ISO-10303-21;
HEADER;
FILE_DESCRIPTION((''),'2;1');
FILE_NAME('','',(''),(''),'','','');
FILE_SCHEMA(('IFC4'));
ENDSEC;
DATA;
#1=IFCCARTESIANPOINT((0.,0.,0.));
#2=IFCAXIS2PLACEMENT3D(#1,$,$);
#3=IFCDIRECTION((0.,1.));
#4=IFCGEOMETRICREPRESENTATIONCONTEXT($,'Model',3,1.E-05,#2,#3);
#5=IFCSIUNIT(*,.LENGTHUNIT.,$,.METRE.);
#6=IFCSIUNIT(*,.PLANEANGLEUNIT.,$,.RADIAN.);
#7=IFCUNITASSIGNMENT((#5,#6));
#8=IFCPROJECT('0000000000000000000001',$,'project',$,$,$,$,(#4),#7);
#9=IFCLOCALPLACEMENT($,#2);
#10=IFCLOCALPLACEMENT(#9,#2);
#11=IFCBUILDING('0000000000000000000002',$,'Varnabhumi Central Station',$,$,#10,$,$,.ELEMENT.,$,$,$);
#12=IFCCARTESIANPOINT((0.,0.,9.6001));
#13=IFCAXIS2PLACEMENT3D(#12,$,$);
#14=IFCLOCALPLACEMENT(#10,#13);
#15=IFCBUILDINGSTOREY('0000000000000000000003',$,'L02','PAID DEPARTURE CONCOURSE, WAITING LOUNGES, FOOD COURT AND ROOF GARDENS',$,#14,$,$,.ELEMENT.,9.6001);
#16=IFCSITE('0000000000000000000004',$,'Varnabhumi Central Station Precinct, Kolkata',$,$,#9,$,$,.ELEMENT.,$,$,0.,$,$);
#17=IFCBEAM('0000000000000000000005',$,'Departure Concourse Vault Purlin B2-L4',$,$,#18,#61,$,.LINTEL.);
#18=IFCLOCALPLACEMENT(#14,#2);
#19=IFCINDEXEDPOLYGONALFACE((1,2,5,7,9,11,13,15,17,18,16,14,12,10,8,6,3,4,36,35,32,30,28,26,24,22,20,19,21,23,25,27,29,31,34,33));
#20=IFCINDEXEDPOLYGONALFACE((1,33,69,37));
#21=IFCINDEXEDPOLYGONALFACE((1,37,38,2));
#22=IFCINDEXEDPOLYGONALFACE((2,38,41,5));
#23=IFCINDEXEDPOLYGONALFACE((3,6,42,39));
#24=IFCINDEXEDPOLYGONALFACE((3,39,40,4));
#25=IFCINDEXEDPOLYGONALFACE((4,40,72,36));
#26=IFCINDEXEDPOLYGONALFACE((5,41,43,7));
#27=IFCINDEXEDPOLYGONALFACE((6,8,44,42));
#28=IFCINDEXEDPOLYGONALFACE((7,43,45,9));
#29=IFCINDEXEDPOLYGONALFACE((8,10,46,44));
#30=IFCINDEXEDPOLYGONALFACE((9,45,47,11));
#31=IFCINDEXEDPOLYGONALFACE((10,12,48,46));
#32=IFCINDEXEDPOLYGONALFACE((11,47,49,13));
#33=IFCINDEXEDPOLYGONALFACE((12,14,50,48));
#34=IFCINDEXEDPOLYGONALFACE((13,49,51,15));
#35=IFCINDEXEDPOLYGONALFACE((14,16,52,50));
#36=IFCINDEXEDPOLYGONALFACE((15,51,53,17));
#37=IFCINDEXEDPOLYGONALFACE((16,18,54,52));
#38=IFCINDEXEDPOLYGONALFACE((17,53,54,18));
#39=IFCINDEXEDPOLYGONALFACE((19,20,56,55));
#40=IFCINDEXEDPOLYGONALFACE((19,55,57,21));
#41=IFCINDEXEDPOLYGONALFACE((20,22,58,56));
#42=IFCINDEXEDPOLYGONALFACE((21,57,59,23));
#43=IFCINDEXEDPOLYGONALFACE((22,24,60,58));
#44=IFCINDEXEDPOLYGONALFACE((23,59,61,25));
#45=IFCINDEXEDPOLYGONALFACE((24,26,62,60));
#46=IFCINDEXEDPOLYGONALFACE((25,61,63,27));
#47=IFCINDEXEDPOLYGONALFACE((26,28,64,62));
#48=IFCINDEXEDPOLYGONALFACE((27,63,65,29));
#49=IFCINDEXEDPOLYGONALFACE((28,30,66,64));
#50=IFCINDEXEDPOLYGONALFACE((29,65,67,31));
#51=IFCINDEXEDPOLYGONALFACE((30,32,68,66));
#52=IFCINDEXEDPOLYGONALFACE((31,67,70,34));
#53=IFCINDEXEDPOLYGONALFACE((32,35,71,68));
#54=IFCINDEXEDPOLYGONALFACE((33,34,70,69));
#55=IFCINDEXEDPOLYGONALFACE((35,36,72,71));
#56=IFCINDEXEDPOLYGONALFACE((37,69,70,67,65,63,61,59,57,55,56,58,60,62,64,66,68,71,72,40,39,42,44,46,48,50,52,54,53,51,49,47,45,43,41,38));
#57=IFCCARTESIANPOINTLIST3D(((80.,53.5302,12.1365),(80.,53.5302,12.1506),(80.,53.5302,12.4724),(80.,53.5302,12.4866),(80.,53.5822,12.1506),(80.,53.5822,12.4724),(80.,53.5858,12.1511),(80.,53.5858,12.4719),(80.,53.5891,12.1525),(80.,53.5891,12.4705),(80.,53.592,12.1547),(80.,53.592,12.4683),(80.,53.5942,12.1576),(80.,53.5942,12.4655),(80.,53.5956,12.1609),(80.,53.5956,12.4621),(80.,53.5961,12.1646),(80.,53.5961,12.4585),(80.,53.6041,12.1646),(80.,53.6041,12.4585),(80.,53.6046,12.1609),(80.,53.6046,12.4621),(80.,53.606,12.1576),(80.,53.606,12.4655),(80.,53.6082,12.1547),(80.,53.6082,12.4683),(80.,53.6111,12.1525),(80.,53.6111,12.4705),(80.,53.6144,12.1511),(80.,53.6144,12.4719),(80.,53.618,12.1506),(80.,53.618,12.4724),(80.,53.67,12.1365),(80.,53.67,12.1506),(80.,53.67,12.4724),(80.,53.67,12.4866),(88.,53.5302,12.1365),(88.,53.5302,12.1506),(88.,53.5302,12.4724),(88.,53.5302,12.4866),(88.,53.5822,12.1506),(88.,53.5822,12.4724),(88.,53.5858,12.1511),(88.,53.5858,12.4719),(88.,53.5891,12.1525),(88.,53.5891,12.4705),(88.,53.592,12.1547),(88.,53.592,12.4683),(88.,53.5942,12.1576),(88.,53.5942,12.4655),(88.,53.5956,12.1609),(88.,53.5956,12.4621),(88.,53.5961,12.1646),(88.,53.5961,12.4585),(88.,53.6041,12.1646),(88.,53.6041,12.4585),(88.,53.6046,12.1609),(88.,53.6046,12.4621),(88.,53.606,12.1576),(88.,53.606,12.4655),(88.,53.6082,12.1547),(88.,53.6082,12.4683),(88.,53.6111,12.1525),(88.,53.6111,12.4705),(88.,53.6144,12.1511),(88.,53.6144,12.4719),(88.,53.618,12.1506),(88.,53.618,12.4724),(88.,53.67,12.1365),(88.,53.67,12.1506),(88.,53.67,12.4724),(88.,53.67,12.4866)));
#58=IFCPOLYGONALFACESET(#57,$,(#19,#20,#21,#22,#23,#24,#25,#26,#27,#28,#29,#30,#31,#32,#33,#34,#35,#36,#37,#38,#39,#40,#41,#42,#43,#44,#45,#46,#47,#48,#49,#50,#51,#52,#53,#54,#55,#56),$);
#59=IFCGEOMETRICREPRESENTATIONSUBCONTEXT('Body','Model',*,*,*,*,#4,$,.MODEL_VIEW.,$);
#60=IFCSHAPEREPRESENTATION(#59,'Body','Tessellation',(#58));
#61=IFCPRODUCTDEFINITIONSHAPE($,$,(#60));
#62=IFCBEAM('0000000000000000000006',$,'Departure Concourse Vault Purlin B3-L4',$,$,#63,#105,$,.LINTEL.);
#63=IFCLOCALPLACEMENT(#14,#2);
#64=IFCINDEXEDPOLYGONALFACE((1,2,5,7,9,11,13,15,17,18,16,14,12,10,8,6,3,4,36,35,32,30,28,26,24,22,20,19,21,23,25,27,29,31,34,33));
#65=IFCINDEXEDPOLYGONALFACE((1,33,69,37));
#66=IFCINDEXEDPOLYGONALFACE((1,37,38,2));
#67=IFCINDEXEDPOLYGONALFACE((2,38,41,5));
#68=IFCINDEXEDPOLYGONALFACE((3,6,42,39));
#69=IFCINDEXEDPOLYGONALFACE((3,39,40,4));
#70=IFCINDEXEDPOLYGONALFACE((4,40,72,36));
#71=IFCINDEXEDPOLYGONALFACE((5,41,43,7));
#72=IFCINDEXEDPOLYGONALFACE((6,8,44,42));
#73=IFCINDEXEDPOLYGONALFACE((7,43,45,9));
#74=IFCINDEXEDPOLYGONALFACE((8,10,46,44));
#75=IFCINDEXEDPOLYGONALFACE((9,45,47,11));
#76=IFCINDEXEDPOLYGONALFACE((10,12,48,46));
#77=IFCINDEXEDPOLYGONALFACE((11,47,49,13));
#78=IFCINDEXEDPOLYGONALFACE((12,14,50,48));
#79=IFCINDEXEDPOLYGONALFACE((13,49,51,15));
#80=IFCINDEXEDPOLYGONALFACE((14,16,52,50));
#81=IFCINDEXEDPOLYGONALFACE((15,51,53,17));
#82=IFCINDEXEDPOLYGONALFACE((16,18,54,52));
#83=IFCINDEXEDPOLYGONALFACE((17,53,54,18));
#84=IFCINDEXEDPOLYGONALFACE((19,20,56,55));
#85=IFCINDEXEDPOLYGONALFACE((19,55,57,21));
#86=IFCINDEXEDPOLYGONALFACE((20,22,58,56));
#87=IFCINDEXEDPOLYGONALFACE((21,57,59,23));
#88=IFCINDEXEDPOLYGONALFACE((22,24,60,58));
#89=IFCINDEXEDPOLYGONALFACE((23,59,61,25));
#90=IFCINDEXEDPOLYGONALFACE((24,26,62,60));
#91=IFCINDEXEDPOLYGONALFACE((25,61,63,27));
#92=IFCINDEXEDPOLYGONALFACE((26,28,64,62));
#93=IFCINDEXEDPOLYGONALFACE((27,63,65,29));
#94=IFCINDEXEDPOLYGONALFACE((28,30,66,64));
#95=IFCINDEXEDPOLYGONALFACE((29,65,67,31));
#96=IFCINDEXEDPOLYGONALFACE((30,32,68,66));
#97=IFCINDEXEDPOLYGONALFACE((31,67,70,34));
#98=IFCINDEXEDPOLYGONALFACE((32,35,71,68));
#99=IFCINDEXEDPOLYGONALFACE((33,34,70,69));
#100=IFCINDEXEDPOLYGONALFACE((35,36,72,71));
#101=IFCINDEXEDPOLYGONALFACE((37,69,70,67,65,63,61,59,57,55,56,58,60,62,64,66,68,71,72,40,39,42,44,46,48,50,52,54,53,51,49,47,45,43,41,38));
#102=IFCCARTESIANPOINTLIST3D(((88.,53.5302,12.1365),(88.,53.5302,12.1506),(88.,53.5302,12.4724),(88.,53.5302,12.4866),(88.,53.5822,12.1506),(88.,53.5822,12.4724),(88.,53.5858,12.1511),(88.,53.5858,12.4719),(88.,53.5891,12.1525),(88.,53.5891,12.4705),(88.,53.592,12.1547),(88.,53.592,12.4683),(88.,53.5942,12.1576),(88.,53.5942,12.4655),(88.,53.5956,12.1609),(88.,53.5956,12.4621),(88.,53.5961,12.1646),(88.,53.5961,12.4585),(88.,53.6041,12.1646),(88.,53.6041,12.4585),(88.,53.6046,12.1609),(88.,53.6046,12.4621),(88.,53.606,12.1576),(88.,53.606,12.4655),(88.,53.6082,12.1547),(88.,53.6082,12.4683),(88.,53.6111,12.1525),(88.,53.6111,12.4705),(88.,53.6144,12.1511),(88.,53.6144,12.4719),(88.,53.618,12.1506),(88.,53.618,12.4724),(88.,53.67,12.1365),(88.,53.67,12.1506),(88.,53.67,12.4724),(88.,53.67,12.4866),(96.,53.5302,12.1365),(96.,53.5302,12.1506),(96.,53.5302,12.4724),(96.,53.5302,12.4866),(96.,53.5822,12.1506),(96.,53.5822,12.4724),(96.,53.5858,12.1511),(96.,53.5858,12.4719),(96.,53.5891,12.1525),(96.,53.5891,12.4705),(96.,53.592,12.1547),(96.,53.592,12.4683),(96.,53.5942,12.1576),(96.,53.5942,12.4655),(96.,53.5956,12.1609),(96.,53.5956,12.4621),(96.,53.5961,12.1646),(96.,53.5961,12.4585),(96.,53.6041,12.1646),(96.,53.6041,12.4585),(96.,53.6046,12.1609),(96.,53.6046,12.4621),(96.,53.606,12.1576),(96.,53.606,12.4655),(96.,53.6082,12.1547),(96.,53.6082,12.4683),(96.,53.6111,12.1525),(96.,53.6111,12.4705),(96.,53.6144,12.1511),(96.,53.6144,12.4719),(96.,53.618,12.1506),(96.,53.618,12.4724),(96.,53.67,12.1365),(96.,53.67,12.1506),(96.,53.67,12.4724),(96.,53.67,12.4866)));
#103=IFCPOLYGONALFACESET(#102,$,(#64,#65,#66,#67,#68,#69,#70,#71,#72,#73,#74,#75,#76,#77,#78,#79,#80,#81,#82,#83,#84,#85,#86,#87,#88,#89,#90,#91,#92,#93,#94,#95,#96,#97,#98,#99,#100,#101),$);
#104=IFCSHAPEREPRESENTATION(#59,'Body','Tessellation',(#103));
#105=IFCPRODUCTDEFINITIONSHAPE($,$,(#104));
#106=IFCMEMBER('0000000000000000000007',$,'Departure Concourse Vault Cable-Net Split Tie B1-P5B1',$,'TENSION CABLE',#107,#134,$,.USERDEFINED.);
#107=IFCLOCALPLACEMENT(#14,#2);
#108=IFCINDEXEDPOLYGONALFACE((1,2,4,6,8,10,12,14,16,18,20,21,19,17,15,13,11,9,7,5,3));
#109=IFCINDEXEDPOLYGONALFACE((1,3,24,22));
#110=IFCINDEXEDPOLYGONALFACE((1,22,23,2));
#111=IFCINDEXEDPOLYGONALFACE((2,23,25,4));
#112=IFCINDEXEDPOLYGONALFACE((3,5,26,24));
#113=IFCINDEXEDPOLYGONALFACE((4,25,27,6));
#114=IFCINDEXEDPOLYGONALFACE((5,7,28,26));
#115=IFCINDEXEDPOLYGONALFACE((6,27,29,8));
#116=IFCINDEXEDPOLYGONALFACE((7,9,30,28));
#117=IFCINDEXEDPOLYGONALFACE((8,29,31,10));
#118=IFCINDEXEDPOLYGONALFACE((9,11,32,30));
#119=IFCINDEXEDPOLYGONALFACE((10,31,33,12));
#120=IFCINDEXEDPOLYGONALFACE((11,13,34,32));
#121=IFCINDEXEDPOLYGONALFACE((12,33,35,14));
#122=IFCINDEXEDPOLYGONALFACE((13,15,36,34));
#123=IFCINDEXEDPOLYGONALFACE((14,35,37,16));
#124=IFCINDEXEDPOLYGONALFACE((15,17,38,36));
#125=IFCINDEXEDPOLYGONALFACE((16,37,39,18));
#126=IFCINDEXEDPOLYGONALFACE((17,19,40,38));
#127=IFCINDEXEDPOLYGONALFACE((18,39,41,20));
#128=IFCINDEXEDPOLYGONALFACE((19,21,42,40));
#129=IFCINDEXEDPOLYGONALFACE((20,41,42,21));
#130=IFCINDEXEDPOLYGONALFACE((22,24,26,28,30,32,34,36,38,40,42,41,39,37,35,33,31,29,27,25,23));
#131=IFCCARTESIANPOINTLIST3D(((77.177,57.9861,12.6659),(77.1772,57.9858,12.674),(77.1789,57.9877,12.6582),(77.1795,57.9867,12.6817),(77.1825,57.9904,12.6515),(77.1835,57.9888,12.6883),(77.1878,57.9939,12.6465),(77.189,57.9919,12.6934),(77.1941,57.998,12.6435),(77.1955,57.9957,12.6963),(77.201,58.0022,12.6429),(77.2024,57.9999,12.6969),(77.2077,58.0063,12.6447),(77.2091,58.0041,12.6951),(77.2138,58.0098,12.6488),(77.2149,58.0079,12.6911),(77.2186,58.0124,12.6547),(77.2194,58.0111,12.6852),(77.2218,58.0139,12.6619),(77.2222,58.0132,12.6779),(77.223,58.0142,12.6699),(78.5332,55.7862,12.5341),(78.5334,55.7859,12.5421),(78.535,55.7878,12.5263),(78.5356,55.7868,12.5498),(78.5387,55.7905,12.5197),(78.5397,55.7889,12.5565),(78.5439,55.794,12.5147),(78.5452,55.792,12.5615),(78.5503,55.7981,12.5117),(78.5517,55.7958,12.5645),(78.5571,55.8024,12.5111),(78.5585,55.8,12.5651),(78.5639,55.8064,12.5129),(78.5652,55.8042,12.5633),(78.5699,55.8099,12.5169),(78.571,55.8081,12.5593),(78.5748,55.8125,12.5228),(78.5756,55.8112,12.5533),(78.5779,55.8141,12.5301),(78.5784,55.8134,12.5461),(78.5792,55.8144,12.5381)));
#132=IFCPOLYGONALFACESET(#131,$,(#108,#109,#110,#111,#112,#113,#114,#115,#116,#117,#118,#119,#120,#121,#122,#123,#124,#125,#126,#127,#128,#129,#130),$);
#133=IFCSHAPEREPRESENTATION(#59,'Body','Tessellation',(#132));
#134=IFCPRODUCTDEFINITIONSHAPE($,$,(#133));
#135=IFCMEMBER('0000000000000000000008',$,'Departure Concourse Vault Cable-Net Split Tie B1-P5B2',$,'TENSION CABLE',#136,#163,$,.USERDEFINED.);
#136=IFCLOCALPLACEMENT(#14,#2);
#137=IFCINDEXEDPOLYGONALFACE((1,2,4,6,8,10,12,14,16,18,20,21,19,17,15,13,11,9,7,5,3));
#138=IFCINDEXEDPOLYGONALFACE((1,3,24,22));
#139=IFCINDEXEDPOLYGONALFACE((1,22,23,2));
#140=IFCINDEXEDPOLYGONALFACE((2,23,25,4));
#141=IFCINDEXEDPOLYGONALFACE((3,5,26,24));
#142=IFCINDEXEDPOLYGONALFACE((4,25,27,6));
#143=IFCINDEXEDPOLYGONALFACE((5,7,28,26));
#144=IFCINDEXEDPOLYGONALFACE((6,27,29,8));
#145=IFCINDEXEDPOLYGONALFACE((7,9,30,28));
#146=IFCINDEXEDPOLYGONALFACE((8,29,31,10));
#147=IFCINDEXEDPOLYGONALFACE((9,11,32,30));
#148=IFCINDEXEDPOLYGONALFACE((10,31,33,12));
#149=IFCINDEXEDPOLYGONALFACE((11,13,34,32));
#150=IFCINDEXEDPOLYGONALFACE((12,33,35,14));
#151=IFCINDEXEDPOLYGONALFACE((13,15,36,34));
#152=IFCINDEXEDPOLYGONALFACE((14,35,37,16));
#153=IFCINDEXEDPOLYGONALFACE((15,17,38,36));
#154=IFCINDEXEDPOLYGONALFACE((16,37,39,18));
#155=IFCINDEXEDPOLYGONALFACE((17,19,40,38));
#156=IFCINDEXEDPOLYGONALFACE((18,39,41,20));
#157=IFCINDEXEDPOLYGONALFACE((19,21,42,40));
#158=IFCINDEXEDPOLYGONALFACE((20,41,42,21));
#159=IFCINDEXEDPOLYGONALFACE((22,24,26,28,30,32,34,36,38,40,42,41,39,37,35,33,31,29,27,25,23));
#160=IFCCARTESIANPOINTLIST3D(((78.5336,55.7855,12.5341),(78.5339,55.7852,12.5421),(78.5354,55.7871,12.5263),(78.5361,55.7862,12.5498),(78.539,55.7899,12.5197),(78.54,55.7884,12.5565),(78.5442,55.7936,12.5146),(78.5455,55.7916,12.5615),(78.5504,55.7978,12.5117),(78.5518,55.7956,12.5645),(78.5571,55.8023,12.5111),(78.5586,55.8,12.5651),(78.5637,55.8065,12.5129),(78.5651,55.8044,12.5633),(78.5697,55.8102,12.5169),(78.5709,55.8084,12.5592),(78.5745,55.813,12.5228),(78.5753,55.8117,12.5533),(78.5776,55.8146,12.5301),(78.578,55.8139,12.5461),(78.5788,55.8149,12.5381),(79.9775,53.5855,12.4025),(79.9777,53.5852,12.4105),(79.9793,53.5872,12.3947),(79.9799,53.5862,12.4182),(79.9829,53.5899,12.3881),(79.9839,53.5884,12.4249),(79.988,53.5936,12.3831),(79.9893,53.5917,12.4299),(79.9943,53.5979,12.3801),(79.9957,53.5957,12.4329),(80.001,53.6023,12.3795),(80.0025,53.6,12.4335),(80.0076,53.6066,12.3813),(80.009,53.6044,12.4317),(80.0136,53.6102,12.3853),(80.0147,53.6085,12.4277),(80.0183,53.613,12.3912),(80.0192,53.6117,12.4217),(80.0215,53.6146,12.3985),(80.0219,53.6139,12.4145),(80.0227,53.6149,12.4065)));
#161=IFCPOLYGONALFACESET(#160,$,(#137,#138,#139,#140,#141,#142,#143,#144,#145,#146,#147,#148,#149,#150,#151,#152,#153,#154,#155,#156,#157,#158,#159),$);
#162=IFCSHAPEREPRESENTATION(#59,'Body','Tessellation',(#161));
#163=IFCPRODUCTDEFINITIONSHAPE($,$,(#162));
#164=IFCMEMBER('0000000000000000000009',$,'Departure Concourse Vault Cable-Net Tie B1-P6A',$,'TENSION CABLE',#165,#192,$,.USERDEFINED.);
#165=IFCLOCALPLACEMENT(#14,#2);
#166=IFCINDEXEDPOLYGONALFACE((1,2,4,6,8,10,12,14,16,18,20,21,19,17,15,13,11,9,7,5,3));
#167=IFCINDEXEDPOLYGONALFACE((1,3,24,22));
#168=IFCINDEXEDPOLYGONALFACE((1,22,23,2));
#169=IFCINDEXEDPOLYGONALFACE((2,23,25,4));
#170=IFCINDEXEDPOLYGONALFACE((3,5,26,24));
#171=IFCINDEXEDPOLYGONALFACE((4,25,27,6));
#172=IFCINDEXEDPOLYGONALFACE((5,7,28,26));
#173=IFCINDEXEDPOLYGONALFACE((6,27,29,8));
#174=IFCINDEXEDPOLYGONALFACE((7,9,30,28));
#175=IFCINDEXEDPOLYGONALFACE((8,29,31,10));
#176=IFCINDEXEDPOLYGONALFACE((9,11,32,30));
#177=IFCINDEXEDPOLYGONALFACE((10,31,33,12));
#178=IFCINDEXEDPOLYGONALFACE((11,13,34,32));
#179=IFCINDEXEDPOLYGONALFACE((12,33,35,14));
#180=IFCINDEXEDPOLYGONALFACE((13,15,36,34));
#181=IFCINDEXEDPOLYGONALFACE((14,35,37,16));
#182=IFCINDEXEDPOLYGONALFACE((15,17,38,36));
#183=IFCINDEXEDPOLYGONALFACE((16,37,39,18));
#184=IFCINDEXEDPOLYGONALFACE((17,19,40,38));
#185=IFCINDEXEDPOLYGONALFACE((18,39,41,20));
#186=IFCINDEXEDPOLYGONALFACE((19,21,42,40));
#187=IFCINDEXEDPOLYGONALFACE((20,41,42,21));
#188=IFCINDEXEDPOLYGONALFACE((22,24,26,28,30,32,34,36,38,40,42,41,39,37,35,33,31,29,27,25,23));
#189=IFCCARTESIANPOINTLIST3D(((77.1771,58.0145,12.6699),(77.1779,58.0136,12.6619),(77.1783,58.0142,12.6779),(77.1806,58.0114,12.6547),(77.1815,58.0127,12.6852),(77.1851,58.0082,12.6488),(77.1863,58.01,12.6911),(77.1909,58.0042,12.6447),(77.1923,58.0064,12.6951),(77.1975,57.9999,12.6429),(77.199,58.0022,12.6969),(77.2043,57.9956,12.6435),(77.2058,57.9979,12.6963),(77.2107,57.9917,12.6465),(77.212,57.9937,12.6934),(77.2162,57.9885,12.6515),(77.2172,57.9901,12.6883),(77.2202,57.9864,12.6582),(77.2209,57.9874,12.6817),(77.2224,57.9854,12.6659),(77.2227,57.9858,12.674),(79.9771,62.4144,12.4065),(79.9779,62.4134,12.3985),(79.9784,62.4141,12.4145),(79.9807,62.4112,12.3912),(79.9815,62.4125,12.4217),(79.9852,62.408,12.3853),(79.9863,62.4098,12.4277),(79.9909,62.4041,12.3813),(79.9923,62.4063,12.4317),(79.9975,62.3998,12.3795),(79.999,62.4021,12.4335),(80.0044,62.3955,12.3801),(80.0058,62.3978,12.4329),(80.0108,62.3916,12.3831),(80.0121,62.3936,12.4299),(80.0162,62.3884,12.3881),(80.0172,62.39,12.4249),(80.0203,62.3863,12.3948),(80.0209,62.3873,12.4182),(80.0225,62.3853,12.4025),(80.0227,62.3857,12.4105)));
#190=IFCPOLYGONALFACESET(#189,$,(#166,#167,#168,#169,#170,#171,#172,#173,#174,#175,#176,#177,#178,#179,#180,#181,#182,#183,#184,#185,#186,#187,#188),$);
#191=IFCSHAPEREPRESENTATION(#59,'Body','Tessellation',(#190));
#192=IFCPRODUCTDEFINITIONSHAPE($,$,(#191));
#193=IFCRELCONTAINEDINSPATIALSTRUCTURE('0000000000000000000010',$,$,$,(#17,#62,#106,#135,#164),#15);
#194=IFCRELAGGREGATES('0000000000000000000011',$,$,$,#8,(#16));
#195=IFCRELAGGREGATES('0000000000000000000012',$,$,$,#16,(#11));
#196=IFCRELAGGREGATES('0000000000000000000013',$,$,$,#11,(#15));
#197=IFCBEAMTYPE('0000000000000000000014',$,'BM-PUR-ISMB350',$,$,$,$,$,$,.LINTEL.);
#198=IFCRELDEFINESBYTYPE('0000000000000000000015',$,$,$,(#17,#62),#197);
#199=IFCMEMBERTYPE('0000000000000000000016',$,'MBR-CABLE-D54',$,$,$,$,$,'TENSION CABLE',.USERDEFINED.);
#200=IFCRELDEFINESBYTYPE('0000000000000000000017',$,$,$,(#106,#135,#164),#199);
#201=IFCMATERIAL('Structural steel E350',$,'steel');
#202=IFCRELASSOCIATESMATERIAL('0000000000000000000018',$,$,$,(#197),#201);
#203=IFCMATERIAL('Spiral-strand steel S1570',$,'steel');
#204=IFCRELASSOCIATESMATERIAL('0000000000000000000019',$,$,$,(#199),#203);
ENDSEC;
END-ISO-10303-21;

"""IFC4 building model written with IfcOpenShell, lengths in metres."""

from ifc_helpers import new_model, si_unit, direction, frame, origin, origin_2d, place, context, subcontext, project, spatial, circle, i_section, extrude, material, material_profile, profile_set, type_object, element, save


model = new_model("IFC4")

# Units and contexts
model_context = context("Model", 3, precision=1e-05, world=origin(), true_north=direction((0.0, 1.0)))
body_context = subcontext(model_context, "Body", "Model", "MODEL_VIEW")
ifc_project = project(units=[si_unit("LENGTHUNIT", "METRE"), si_unit("PLANEANGLEUNIT", "RADIAN")], contexts=[model_context])

# Site, building, storey
site_placement = place(None, origin())
site = spatial("IfcSite", under=ifc_project, at=site_placement, Name="Varnabhumi Central Station Precinct, Kolkata", CompositionType="ELEMENT", RefElevation=0.0)
building_placement = place(site_placement, origin())
building = spatial("IfcBuilding", under=site, at=building_placement, Name="Varnabhumi Central Station", CompositionType="ELEMENT")
storey_placement = place(building_placement, frame((0.0, 0.0, 9.6001)))
storey = spatial("IfcBuildingStorey", under=building, at=storey_placement, Name="L02", Description="PAID DEPARTURE CONCOURSE, WAITING LOUNGES, FOOD COURT AND ROOF GARDENS", CompositionType="ELEMENT", Elevation=9.6001)

# Beams
ifc_material_1 = material(Name="Structural steel E350", Category="steel")
ifc_material_profile_1 = material_profile(ifc_material_1, i_section(OverallWidth=0.1399, OverallDepth=0.3501, WebThickness=0.0081, FlangeThickness=0.0142, FilletRadius=0.0139, at=origin_2d()), Name="Structural steel E350", Category="steel")
ifc_profile_set_1 = profile_set([ifc_material_profile_1], Name="Structural steel E350")
beam_type_1 = type_object("IfcBeamType", Name="BM-PUR-ISMB350", PredefinedType="LINTEL", material=ifc_profile_set_1)
for number, where, z_axis, x_axis, name in (
    (1, (80.0, 53.6001, 12.3115), (1.0, 0.0, 0.0), (0.0, 1.0, 0.0), "Departure Concourse Vault Purlin B2-L4"),
    (2, (88.0, 53.6001, 12.3115), (1.0, 0.0, 0.0), (0.0, 1.0, 0.0), "Departure Concourse Vault Purlin B3-L4"),
):
    element("IfcBeam", number, at=place(storey_placement, frame(where, z_axis=z_axis, x_axis=x_axis)), inside=storey, type_object=beam_type_1, Name=name, PredefinedType="LINTEL", context=body_context, shape_type="SweptSolid", body=[
        extrude(i_section(OverallWidth=0.1399, OverallDepth=0.3501, WebThickness=0.0081, FlangeThickness=0.0142, FilletRadius=0.0139, at=origin_2d()), origin(), (0.0, 0.0, 1.0), 8.0),
    ])

# Members
ifc_material_2 = material(Name="Spiral-strand steel S1570", Category="steel")
ifc_material_profile_2 = material_profile(ifc_material_2, circle(Radius=0.0271, at=origin_2d()), Name="Spiral-strand steel S1570", Category="steel")
ifc_profile_set_2 = profile_set([ifc_material_profile_2], Name="Spiral-strand steel S1570")
member_type = type_object("IfcMemberType", Name="MBR-CABLE-D54", ElementType="TENSION CABLE", PredefinedType="USERDEFINED", material=ifc_profile_set_2)
member_1_placement = place(storey_placement, frame((77.2, 58.0, 12.6699), z_axis=(0.524085, -0.850141, -0.050946), x_axis=(0.851246, 0.524767, 0.0)))
element("IfcMember", 3, at=member_1_placement, inside=storey, type_object=member_type, Name="Departure Concourse Vault Cable-Net Split Tie B1-P5B1", ObjectType="TENSION CABLE", PredefinedType="USERDEFINED", context=body_context, shape_type="SweptSolid", body=[
    extrude(circle(Radius=0.0271, at=origin_2d()), origin(), (0.0, 0.0, 1.0), 2.5876),
])
member_2_placement = place(storey_placement, frame((78.5562, 55.8, 12.5381), z_axis=(0.548006, -0.834982, -0.049945), x_axis=(0.836025, 0.548691, 0.0)))
element("IfcMember", 4, at=member_2_placement, inside=storey, type_object=member_type, Name="Departure Concourse Vault Cable-Net Split Tie B1-P5B2", ObjectType="TENSION CABLE", PredefinedType="USERDEFINED", context=body_context, shape_type="SweptSolid", body=[
    extrude(circle(Radius=0.0271, at=origin_2d()), origin(), (0.0, 0.0, 1.0), 2.6348),
])
member_3_placement = place(storey_placement, frame((77.2, 58.0, 12.6699), z_axis=(0.536207, 0.842578, -0.050446), x_axis=(-0.843652, 0.536891, 0.0)))
element("IfcMember", 5, at=member_3_placement, inside=storey, type_object=member_type, Name="Departure Concourse Vault Cable-Net Tie B1-P6A", ObjectType="TENSION CABLE", PredefinedType="USERDEFINED", context=body_context, shape_type="SweptSolid", body=[
    extrude(circle(Radius=0.0271, at=origin_2d()), origin(), (0.0, 0.0, 1.0), 5.2219),
])

save(model, "model.ifc")
